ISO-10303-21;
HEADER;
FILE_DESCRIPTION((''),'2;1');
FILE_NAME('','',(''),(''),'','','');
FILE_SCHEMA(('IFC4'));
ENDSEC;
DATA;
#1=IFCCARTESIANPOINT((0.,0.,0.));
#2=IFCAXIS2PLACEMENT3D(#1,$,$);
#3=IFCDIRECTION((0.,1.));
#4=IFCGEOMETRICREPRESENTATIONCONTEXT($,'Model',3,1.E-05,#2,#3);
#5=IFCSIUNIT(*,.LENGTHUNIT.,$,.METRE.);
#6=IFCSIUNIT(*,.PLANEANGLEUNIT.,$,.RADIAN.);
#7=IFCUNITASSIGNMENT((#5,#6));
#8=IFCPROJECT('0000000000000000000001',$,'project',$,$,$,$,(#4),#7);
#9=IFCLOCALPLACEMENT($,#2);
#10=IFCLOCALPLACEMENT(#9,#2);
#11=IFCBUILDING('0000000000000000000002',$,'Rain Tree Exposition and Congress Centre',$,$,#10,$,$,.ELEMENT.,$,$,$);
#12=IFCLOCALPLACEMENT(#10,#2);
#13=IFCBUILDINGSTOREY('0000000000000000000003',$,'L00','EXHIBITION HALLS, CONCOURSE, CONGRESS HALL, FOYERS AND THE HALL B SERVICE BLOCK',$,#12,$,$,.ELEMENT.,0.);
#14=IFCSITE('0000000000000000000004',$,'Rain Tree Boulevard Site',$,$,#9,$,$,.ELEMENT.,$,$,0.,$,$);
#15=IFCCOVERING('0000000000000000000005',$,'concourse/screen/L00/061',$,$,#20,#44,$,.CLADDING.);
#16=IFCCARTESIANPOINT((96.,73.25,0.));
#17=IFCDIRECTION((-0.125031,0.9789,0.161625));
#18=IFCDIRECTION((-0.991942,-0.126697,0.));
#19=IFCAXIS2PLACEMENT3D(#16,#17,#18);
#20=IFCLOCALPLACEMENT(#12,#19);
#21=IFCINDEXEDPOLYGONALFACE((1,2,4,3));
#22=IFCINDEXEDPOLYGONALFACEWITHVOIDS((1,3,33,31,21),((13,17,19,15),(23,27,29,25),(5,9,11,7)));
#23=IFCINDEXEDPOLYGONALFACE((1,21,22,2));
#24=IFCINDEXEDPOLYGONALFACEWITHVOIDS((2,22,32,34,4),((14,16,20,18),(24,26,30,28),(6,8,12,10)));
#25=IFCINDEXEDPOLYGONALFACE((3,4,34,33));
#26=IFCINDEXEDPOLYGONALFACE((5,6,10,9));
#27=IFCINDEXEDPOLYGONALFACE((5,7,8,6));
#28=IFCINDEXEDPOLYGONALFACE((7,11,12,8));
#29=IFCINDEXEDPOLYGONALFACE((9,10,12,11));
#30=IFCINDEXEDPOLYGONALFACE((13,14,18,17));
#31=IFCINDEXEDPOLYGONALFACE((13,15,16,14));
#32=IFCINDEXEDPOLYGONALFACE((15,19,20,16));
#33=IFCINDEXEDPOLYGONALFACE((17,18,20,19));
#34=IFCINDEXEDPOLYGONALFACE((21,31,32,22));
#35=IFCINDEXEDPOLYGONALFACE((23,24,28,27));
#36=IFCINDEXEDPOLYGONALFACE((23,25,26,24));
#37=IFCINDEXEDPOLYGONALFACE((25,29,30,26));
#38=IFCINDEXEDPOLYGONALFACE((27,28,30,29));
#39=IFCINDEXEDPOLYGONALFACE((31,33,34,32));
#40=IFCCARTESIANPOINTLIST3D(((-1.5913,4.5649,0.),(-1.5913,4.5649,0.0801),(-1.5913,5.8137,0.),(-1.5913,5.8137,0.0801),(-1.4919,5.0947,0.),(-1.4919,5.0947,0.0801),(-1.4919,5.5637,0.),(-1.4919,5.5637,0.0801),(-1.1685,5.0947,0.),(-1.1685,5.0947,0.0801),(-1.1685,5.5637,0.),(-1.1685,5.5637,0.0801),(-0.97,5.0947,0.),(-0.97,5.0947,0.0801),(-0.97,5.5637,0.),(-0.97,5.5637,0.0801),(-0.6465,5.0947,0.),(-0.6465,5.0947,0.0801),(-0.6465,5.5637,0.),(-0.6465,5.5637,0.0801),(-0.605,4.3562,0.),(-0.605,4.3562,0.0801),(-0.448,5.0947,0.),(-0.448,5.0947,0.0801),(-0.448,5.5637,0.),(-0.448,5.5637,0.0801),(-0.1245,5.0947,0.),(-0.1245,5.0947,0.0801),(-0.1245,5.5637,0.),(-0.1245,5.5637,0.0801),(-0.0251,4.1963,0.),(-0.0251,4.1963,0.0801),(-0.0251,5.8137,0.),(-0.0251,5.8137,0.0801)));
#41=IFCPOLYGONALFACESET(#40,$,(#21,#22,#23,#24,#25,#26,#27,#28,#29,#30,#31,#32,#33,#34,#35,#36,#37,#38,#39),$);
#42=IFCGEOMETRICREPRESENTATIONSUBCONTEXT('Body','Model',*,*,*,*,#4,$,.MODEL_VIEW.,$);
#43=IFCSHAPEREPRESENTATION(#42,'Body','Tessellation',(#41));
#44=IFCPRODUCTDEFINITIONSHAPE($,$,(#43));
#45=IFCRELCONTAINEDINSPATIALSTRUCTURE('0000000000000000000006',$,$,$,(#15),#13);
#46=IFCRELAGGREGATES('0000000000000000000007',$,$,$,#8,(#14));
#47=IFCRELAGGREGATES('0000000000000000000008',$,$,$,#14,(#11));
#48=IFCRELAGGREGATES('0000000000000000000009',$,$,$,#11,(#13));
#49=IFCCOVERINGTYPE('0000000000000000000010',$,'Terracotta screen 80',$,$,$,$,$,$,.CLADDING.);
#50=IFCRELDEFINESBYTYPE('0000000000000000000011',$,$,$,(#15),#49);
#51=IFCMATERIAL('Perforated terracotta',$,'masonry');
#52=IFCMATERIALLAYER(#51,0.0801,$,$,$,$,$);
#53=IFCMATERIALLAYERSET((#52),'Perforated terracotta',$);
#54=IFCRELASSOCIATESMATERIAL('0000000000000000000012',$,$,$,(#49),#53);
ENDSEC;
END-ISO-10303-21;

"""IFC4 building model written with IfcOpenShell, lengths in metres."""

from ifc_helpers import new_model, si_unit, direction, frame, origin, place, context, subcontext, project, spatial, polyline, outline, extrude, material, layer, layer_set, type_object, element, save


model = new_model("IFC4")

# Units and contexts
model_context = context("Model", 3, precision=1e-05, world=origin(), true_north=direction((0.0, 1.0)))
body_context = subcontext(model_context, "Body", "Model", "MODEL_VIEW")
ifc_project = project(units=[si_unit("LENGTHUNIT", "METRE"), si_unit("PLANEANGLEUNIT", "RADIAN")], contexts=[model_context])

# Site, building, storey
site_placement = place(None, origin())
site = spatial("IfcSite", under=ifc_project, at=site_placement, Name="Rain Tree Boulevard Site", CompositionType="ELEMENT", RefElevation=0.0)
building_placement = place(site_placement, origin())
building = spatial("IfcBuilding", under=site, at=building_placement, Name="Rain Tree Exposition and Congress Centre", CompositionType="ELEMENT")
storey_placement = place(building_placement, origin())
storey = spatial("IfcBuildingStorey", under=building, at=storey_placement, Name="L00", Description="EXHIBITION HALLS, CONCOURSE, CONGRESS HALL, FOYERS AND THE HALL B SERVICE BLOCK", CompositionType="ELEMENT", Elevation=0.0)

# Covering
ifc_material_1 = material(Name="Perforated terracotta", Category="masonry")
ifc_layer_1 = layer(ifc_material_1, 0.0801)
ifc_layer_set_1 = layer_set([ifc_layer_1], Name="Perforated terracotta")
covering_type = type_object("IfcCoveringType", Name="Terracotta screen 80", PredefinedType="CLADDING", material=ifc_layer_set_1)
covering_1_placement = place(storey_placement, frame((96.0, 73.25, 0.0), z_axis=(-0.125031, 0.9789, 0.161625), x_axis=(-0.991942, -0.126697, 0.0)))
element("IfcCovering", 1, at=covering_1_placement, inside=storey, type_object=covering_type, Name="concourse/screen/L00/061", PredefinedType="CLADDING", context=body_context, shape_type="SweptSolid", body=[
    extrude(outline(polyline([(-0.0251, 5.8137), (-0.0251, 4.1963), (-0.605, 4.3562), (-1.5913, 4.5649), (-1.5913, 5.8137), (-0.0251, 5.8137)]), holes=[polyline([(-0.1245, 5.0947), (-0.1245, 5.5637), (-0.448, 5.5637), (-0.448, 5.0947), (-0.1245, 5.0947)]), polyline([(-0.6465, 5.0947), (-0.6465, 5.5637), (-0.97, 5.5637), (-0.97, 5.0947), (-0.6465, 5.0947)]), polyline([(-1.1685, 5.0947), (-1.1685, 5.5637), (-1.4919, 5.5637), (-1.4919, 5.0947), (-1.1685, 5.0947)])]), origin(), (0.0, 0.0, 1.0), 0.0801),
])

save(model, "model.ifc")
